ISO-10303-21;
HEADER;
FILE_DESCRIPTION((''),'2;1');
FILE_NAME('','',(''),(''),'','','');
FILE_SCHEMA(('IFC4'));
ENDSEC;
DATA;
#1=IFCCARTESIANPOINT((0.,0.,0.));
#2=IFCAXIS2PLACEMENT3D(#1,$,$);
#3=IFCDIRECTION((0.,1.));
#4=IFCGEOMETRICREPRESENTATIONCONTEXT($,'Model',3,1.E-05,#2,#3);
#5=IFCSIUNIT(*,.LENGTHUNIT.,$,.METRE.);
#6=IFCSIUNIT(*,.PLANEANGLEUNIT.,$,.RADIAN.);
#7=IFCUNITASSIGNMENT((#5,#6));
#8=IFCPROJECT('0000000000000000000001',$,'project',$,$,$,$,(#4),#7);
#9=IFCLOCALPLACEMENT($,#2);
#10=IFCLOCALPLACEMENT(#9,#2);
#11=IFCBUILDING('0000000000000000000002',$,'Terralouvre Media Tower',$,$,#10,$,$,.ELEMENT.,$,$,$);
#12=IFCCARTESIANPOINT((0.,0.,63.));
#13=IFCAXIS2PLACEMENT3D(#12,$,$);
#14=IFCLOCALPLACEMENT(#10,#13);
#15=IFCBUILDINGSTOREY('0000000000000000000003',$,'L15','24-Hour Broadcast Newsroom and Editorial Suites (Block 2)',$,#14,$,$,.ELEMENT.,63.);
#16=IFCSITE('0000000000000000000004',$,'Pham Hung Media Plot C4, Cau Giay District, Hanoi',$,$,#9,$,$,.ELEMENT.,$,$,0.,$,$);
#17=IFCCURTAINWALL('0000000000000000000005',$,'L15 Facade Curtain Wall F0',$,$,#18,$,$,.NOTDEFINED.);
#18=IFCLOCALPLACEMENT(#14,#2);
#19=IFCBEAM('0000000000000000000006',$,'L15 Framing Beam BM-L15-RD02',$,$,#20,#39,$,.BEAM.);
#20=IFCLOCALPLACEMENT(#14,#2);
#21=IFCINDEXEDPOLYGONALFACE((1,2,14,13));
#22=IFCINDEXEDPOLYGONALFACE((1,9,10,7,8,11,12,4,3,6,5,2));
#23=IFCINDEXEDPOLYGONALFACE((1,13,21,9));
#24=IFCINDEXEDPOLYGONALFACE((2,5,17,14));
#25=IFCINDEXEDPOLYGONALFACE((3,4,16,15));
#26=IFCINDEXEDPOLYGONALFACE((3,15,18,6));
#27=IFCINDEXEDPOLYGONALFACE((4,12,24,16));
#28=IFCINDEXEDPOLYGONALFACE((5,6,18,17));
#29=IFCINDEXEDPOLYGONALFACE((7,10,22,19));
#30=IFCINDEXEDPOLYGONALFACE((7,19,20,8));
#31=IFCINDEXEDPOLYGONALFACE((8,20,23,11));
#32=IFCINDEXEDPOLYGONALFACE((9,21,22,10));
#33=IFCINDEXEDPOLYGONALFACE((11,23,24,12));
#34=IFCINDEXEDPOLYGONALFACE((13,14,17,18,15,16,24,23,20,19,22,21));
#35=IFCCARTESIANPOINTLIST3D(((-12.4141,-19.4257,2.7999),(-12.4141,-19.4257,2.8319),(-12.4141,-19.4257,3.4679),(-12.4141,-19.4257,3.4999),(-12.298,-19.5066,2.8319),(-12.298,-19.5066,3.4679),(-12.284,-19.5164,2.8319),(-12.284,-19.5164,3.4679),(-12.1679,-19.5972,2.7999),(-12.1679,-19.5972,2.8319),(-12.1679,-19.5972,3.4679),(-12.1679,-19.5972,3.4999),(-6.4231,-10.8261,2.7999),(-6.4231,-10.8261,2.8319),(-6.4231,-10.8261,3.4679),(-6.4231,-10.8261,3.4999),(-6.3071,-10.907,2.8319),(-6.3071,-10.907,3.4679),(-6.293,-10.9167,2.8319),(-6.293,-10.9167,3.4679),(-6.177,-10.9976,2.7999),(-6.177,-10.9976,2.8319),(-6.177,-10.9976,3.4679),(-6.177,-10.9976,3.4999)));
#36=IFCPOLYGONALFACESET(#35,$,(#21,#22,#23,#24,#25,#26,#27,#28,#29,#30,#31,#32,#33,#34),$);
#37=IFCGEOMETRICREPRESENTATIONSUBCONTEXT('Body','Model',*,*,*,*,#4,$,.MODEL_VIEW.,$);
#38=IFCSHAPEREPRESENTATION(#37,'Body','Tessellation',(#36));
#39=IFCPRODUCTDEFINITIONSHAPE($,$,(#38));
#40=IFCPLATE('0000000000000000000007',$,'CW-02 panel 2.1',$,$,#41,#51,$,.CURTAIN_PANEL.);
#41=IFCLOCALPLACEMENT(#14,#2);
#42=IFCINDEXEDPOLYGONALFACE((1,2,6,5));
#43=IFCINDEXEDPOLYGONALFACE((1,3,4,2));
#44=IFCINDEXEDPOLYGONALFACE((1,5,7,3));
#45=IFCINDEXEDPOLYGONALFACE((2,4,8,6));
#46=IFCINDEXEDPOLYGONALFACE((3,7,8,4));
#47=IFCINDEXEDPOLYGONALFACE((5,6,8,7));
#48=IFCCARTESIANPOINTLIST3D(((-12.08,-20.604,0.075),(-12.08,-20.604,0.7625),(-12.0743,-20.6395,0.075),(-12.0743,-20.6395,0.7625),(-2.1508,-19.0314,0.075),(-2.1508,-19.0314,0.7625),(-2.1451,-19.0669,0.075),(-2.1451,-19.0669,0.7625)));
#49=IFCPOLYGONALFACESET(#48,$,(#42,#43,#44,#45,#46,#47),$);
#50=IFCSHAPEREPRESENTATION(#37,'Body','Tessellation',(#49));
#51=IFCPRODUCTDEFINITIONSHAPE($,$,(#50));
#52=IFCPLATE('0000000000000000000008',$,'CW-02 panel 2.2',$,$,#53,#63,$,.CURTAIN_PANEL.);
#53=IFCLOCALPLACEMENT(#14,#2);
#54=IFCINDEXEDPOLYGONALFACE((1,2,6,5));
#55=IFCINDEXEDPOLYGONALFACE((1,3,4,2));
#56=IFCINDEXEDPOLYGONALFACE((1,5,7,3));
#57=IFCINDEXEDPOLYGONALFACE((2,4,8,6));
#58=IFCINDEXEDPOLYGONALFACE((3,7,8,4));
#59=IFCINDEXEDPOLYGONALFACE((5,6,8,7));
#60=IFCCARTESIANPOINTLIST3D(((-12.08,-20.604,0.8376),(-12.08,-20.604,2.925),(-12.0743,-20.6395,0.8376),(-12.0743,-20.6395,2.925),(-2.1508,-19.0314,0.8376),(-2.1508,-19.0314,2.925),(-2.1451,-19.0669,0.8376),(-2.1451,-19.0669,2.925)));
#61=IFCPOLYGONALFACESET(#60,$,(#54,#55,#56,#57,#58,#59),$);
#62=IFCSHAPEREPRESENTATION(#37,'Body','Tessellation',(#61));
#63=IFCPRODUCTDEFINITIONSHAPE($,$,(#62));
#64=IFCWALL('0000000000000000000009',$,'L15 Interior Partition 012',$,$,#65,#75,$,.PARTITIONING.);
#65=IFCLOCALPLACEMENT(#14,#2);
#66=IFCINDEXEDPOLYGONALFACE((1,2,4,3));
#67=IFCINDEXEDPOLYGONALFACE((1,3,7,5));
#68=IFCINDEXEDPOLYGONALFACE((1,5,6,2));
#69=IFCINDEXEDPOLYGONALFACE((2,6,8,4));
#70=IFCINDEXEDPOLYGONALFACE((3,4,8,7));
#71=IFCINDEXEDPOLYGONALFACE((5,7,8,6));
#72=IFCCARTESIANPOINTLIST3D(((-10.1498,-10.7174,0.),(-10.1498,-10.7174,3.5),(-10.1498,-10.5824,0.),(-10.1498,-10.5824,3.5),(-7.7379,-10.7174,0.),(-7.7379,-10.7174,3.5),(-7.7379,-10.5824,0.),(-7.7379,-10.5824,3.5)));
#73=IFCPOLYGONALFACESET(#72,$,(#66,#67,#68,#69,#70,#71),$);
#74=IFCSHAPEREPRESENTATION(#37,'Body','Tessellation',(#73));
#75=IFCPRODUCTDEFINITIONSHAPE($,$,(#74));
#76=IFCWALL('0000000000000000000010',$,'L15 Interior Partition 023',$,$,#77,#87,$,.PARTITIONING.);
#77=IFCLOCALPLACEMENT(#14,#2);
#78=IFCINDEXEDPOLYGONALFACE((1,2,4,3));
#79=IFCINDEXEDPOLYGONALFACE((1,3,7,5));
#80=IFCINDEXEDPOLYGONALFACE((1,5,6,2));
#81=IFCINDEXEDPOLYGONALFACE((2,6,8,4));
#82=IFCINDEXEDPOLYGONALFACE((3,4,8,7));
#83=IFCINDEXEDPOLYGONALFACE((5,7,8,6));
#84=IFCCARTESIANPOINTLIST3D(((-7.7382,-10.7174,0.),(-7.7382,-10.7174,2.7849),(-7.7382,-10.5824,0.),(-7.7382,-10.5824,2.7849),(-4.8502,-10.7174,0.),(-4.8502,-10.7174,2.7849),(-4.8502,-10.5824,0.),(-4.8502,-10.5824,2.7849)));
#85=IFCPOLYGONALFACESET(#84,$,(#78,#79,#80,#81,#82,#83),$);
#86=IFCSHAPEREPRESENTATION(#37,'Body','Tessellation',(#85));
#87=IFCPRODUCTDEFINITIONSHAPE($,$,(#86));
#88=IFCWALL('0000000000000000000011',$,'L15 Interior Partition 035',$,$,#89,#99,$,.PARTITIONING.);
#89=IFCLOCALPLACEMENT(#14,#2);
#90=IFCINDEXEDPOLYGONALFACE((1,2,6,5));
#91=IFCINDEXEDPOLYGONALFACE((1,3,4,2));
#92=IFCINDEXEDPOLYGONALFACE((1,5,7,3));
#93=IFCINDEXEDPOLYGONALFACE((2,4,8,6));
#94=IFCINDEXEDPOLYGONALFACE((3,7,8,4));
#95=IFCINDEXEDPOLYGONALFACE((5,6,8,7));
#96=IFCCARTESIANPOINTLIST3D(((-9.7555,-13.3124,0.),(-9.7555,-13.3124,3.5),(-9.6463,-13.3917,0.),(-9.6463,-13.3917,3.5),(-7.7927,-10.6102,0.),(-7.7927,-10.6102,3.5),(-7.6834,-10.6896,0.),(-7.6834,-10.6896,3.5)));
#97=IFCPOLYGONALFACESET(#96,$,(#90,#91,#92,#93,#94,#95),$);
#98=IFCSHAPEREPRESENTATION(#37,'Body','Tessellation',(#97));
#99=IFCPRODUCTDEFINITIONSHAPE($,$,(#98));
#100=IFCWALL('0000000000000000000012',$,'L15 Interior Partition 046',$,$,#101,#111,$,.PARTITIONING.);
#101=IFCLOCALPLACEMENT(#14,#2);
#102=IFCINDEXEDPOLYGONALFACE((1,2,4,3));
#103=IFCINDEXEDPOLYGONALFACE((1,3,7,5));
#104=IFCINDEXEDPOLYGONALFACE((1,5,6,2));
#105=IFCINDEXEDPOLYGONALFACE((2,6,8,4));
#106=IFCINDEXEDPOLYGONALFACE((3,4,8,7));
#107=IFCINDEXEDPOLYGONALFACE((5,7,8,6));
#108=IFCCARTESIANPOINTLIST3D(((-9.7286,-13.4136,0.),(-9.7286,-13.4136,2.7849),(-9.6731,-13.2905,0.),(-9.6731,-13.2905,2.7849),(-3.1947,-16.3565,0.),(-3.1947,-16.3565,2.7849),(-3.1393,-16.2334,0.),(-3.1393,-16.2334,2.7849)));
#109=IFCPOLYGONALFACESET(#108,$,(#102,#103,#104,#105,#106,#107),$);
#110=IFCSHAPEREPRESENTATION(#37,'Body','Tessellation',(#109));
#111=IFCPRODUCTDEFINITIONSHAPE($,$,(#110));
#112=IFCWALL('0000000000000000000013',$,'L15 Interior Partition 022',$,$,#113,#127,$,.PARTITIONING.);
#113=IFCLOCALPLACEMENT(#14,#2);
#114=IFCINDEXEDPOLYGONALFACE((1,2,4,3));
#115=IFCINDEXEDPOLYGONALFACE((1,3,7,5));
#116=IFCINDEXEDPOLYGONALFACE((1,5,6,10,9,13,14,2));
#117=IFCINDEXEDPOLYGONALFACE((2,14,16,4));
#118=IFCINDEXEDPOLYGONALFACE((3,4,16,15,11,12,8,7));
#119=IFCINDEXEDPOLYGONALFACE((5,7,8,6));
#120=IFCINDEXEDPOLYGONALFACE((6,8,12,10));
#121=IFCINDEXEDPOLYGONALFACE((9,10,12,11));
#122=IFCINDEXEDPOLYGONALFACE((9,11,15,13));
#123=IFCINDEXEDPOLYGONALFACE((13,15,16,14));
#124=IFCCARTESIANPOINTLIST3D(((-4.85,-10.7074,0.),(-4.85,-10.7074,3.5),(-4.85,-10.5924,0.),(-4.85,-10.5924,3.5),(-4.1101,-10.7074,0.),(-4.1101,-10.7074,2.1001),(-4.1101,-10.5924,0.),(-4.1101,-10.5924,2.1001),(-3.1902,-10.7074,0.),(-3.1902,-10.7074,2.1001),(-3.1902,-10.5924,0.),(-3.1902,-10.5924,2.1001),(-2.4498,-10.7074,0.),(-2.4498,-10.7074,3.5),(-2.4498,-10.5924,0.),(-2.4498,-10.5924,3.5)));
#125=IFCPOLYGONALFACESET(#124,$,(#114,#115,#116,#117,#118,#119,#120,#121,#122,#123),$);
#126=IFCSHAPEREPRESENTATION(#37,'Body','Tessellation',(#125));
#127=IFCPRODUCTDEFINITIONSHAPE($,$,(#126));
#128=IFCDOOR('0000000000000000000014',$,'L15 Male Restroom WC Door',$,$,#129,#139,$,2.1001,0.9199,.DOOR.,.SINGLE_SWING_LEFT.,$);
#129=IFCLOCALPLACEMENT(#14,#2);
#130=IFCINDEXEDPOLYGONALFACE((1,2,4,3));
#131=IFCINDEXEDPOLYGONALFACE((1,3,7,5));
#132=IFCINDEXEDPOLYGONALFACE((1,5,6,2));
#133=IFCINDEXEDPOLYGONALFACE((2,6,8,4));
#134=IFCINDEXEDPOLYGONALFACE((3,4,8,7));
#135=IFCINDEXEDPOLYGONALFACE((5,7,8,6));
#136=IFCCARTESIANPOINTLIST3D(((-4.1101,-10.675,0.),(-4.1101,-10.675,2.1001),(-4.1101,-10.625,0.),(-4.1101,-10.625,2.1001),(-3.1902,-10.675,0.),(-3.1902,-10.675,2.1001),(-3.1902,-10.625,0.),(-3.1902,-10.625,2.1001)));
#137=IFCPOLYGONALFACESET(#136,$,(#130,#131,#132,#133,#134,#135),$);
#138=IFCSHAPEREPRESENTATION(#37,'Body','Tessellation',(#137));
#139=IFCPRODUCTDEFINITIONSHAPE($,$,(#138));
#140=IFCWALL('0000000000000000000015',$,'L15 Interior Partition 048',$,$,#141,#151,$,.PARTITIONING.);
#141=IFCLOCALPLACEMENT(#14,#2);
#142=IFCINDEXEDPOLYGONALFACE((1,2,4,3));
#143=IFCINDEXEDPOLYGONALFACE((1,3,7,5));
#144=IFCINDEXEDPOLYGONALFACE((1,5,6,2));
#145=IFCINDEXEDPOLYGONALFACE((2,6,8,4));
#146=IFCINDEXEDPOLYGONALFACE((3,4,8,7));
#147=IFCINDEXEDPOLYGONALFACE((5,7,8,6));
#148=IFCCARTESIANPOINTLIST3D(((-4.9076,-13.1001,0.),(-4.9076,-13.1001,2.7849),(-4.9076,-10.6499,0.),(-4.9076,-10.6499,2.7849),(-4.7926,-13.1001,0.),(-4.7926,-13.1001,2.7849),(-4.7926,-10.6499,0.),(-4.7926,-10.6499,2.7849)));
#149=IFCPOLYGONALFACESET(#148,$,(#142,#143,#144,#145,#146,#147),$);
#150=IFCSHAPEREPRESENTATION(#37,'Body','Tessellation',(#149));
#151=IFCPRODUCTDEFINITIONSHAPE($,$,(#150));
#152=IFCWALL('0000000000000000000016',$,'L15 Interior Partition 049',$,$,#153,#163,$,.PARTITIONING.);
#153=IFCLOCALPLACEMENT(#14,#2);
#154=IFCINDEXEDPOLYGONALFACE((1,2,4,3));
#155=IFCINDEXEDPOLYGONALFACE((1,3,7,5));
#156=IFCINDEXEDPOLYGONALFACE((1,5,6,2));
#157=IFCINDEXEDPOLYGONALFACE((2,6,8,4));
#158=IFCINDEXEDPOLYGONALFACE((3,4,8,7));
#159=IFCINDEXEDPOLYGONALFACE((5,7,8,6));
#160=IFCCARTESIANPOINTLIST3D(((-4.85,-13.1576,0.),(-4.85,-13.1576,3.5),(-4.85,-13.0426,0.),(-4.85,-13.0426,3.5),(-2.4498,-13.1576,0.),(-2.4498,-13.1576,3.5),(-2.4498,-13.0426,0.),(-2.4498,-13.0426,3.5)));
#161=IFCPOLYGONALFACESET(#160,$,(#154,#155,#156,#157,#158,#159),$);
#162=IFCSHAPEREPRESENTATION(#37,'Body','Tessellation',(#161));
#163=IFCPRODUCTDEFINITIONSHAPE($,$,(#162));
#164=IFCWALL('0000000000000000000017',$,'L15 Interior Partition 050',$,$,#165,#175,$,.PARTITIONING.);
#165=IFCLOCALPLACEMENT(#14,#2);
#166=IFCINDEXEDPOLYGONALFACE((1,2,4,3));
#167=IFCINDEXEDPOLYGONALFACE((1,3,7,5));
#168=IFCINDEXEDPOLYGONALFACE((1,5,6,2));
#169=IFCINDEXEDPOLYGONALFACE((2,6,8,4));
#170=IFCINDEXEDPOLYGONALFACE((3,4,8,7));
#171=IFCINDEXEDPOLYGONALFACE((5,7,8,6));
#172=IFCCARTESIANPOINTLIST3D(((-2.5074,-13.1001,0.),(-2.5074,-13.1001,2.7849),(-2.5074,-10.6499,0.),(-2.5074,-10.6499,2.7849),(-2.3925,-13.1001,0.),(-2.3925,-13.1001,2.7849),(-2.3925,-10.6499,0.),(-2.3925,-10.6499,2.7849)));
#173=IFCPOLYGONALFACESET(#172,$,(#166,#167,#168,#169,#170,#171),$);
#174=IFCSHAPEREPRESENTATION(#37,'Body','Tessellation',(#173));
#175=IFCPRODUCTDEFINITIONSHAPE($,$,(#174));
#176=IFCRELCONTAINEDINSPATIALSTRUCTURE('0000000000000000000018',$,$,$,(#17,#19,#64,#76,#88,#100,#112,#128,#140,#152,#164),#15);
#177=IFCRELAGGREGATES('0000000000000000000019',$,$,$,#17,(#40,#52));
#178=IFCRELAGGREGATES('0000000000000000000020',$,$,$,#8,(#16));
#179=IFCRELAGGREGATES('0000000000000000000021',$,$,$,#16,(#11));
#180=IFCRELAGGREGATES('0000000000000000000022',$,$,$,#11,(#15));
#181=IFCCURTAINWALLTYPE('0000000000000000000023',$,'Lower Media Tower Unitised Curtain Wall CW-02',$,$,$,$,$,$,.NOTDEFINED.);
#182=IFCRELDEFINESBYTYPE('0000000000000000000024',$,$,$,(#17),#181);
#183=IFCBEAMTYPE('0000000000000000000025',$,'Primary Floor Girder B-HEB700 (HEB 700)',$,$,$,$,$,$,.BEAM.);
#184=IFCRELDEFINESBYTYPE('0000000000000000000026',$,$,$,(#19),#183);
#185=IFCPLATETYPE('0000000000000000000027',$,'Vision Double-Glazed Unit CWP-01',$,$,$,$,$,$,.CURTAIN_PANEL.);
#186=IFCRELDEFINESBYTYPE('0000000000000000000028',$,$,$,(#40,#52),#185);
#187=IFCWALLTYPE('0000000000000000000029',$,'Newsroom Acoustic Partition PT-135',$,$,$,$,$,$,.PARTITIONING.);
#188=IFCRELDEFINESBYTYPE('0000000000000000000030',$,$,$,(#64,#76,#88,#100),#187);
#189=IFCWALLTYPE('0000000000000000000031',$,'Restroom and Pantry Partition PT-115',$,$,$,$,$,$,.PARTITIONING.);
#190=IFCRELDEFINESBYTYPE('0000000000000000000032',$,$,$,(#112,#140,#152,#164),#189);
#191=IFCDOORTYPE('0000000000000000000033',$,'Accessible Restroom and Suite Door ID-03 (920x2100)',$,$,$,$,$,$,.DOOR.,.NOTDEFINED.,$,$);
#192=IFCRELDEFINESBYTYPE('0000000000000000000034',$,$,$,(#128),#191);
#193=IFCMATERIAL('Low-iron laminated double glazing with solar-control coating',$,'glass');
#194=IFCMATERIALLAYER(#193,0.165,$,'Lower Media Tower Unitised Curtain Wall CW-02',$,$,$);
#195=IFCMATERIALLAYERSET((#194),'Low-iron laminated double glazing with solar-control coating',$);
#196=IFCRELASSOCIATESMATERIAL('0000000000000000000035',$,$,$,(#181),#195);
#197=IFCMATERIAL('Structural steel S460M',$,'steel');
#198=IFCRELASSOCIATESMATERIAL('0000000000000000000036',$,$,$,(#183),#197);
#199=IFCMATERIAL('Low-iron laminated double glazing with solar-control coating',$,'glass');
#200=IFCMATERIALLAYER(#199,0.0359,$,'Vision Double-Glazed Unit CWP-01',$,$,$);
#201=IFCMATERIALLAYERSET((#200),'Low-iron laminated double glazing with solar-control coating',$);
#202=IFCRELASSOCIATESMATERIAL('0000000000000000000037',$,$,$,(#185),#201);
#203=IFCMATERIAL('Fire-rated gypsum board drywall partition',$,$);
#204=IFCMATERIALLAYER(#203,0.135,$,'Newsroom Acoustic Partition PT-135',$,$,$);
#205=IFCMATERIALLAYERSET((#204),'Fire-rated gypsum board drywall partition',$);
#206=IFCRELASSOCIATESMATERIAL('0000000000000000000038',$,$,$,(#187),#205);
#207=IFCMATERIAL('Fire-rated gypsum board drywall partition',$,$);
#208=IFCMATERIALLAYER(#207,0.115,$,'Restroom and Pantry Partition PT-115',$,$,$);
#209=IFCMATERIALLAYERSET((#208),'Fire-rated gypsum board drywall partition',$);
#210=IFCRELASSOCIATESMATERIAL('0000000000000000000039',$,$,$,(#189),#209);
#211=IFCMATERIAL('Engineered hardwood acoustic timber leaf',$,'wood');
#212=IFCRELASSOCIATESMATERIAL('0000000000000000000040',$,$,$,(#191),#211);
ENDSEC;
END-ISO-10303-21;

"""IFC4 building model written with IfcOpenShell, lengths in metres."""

from ifc_helpers import new_model, si_unit, direction, frame, frame_2d, origin, origin_2d, place, context, subcontext, project, spatial, rectangle, i_section, extrude, material, layer, layer_set, material_profile, profile_set, type_object, element, fill, aggregate, save


model = new_model("IFC4")

# Units and contexts
model_context = context("Model", 3, precision=1e-05, world=origin(), true_north=direction((0.0, 1.0)))
body_context = subcontext(model_context, "Body", "Model", "MODEL_VIEW")
ifc_project = project(units=[si_unit("LENGTHUNIT", "METRE"), si_unit("PLANEANGLEUNIT", "RADIAN")], contexts=[model_context])

# Site, building, storey
site_placement = place(None, origin())
site = spatial("IfcSite", under=ifc_project, at=site_placement, Name="Pham Hung Media Plot C4, Cau Giay District, Hanoi", CompositionType="ELEMENT", RefElevation=0.0)
building_placement = place(site_placement, origin())
building = spatial("IfcBuilding", under=site, at=building_placement, Name="Terralouvre Media Tower", CompositionType="ELEMENT")
storey_placement = place(building_placement, frame((0.0, 0.0, 63.0)))
storey = spatial("IfcBuildingStorey", under=building, at=storey_placement, Name="L15", Description="24-Hour Broadcast Newsroom and Editorial Suites (Block 2)", CompositionType="ELEMENT", Elevation=63.0)

# Curtain wall
ifc_material_1 = material(Name="Low-iron laminated double glazing with solar-control coating", Category="glass")
ifc_layer_1 = layer(ifc_material_1, 0.165, Name="Lower Media Tower Unitised Curtain Wall CW-02")
ifc_layer_set_1 = layer_set([ifc_layer_1], Name="Low-iron laminated double glazing with solar-control coating")
curtain_wall_type = type_object("IfcCurtainWallType", Name="Lower Media Tower Unitised Curtain Wall CW-02", PredefinedType="NOTDEFINED", material=ifc_layer_set_1)
curtain_wall_placement = place(storey_placement, origin())
curtain_wall = element("IfcCurtainWall", 1, at=curtain_wall_placement, inside=storey, type_object=curtain_wall_type, Name="L15 Facade Curtain Wall F0", PredefinedType="NOTDEFINED")

# Beam
ifc_material_2 = material(Name="Structural steel S460M", Category="steel")
ifc_material_profile_1 = material_profile(ifc_material_2, i_section(OverallWidth=0.3, OverallDepth=0.7, WebThickness=0.0171, FlangeThickness=0.032, at=origin_2d()), Name="HEB 700")
ifc_profile_set_1 = profile_set([ifc_material_profile_1], Name="Structural steel S460M")
beam_type_1 = type_object("IfcBeamType", Name="Primary Floor Girder B-HEB700 (HEB 700)", PredefinedType="BEAM", material=ifc_profile_set_1)
beam_1_placement = place(storey_placement, frame((-6.3, -10.9119, 3.1499), z_axis=(-0.571619, -0.820519, 0.0), x_axis=(0.820519, -0.571619, 0.0)))
element("IfcBeam", 2, at=beam_1_placement, inside=storey, type_object=beam_type_1, Name="L15 Framing Beam BM-L15-RD02", PredefinedType="BEAM", context=body_context, shape_type="SweptSolid", body=[
    extrude(i_section(OverallWidth=0.3, OverallDepth=0.7, WebThickness=0.0171, FlangeThickness=0.032, at=origin_2d()), origin(), (0.0, 0.0, 1.0), 10.4807),
])

# Plates
ifc_material_3 = material(Name="Low-iron laminated double glazing with solar-control coating", Category="glass")
ifc_layer_2 = layer(ifc_material_3, 0.0359, Name="Vision Double-Glazed Unit CWP-01")
ifc_layer_set_2 = layer_set([ifc_layer_2], Name="Low-iron laminated double glazing with solar-control coating")
plate_type = type_object("IfcPlateType", Name="Vision Double-Glazed Unit CWP-01", PredefinedType="CURTAIN_PANEL", material=ifc_layer_set_2)
plate_1_placement = place(storey_placement, frame((-7.1125, -19.8354, 0.075), z_axis=(0.0, 0.0, 1.0), x_axis=(0.987688, 0.156434, 0.0)))
plate_1 = element("IfcPlate", 3, at=plate_1_placement, type_object=plate_type, Name="CW-02 panel 2.1", PredefinedType="CURTAIN_PANEL", context=body_context, shape_type="SweptSolid", body=[
    extrude(rectangle(XDim=10.053, YDim=0.0359, at=origin_2d()), origin(), (0.0, 0.0, 1.0), 0.6875),
])
plate_2_placement = place(storey_placement, frame((-7.1125, -19.8354, 0.8376), z_axis=(0.0, 0.0, 1.0), x_axis=(0.987688, 0.156434, 0.0)))
plate_2 = element("IfcPlate", 4, at=plate_2_placement, type_object=plate_type, Name="CW-02 panel 2.2", PredefinedType="CURTAIN_PANEL", context=body_context, shape_type="SweptSolid", body=[
    extrude(rectangle(XDim=10.053, YDim=0.0359, at=origin_2d()), origin(), (0.0, 0.0, 1.0), 2.0874),
])
aggregate(curtain_wall, [plate_1, plate_2])

# Walls
ifc_material_4 = material(Name="Fire-rated gypsum board drywall partition")
ifc_layer_3 = layer(ifc_material_4, 0.135, Name="Newsroom Acoustic Partition PT-135")
ifc_layer_set_3 = layer_set([ifc_layer_3], Name="Fire-rated gypsum board drywall partition")
wall_type_1 = type_object("IfcWallType", Name="Newsroom Acoustic Partition PT-135", PredefinedType="PARTITIONING", material=ifc_layer_set_3)
wall_1_placement = place(storey_placement, frame((-10.1499, -10.6499, 0.0), z_axis=(0.0, 0.0, 1.0), x_axis=(1.0, 0.0, 0.0)))
element("IfcWall", 5, at=wall_1_placement, inside=storey, type_object=wall_type_1, Name="L15 Interior Partition 012", PredefinedType="PARTITIONING", context=body_context, shape_type="SweptSolid", body=[
    extrude(rectangle(XDim=2.4119, YDim=0.135, at=frame_2d((1.2061, 0.0))), origin(), (0.0, 0.0, 1.0), 3.5),
])
wall_2_placement = place(storey_placement, frame((-7.738, -10.6499, 0.0), z_axis=(0.0, 0.0, 1.0), x_axis=(1.0, 0.0, 0.0)))
element("IfcWall", 6, at=wall_2_placement, inside=storey, type_object=wall_type_1, Name="L15 Interior Partition 023", PredefinedType="PARTITIONING", context=body_context, shape_type="SweptSolid", body=[
    extrude(rectangle(XDim=2.8879, YDim=0.135, at=frame_2d((1.4438, 0.0))), origin(), (0.0, 0.0, 1.0), 2.7849),
])
wall_3_placement = place(storey_placement, frame((-9.7009, -13.3521, 0.0), z_axis=(0.0, 0.0, 1.0), x_axis=(0.58772, 0.809065, 0.0)))
element("IfcWall", 7, at=wall_3_placement, inside=storey, type_object=wall_type_1, Name="L15 Interior Partition 035", PredefinedType="PARTITIONING", context=body_context, shape_type="SweptSolid", body=[
    extrude(rectangle(XDim=3.3398, YDim=0.135, at=frame_2d((1.6699, 0.0))), origin(), (0.0, 0.0, 1.0), 3.5),
])
wall_4_placement = place(storey_placement, frame((-3.167, -16.2949, 0.0), z_axis=(0.0, 0.0, 1.0), x_axis=(-0.911786, 0.410666, 0.0)))
element("IfcWall", 8, at=wall_4_placement, inside=storey, type_object=wall_type_1, Name="L15 Interior Partition 046", PredefinedType="PARTITIONING", context=body_context, shape_type="SweptSolid", body=[
    extrude(rectangle(XDim=7.166, YDim=0.135, at=frame_2d((3.583, 0.0))), origin(), (0.0, 0.0, 1.0), 2.7849),
])

# Wall, opening, door
ifc_material_5 = material(Name="Fire-rated gypsum board drywall partition")
ifc_layer_4 = layer(ifc_material_5, 0.115, Name="Restroom and Pantry Partition PT-115")
ifc_layer_set_4 = layer_set([ifc_layer_4], Name="Fire-rated gypsum board drywall partition")
wall_type_2 = type_object("IfcWallType", Name="Restroom and Pantry Partition PT-115", PredefinedType="PARTITIONING", material=ifc_layer_set_4)
wall_5_placement = place(storey_placement, frame((-4.8501, -10.6499, 0.0), z_axis=(0.0, 0.0, 1.0), x_axis=(1.0, 0.0, 0.0)))
wall_5 = element("IfcWall", 9, at=wall_5_placement, inside=storey, type_object=wall_type_2, Name="L15 Interior Partition 022", PredefinedType="PARTITIONING", context=body_context, shape_type="SweptSolid", body=[
    extrude(rectangle(XDim=2.4001, YDim=0.115, at=frame_2d((1.2002, 0.0))), origin(), (0.0, 0.0, 1.0), 3.5),
])
opening_placement = place(wall_5_placement, frame((0.74, 0.0, 0.0)))
opening = element("IfcOpeningElement", 10, at=opening_placement, cuts=wall_5, PredefinedType="OPENING", context=body_context, shape_type="SweptSolid", body=[
    extrude(rectangle(XDim=0.9199, YDim=2.1001, at=frame_2d((0.46, 1.05))), frame((0.0, 0.0674, 0.0), z_axis=(0.0, -1.0, 0.0), x_axis=(1.0, 0.0, 0.0)), (0.0, 0.0, 1.0), 0.135),
])
ifc_material_6 = material(Name="Engineered hardwood acoustic timber leaf", Category="wood")
door_type = type_object("IfcDoorType", Name="Accessible Restroom and Suite Door ID-03 (920x2100)", OperationType="NOTDEFINED", PredefinedType="DOOR", material=ifc_material_6)
door_placement = place(opening_placement, origin())
door = element("IfcDoor", 11, at=door_placement, inside=storey, type_object=door_type, Name="L15 Male Restroom WC Door", OperationType="SINGLE_SWING_LEFT", OverallHeight=2.1001, OverallWidth=0.9199, PredefinedType="DOOR", context=body_context, shape_type="SweptSolid", body=[
    extrude(rectangle(XDim=0.9199, YDim=2.1001, at=frame_2d((0.46, 1.05))), frame((0.0, 0.0249, 0.0), z_axis=(0.0, -1.0, 0.0), x_axis=(1.0, 0.0, 0.0)), (0.0, 0.0, 1.0), 0.05),
])
fill(opening, door)

# Walls
wall_6_placement = place(storey_placement, frame((-4.8501, -10.6499, 0.0), z_axis=(0.0, 0.0, 1.0), x_axis=(0.0, -1.0, 0.0)))
element("IfcWall", 12, at=wall_6_placement, inside=storey, type_object=wall_type_2, Name="L15 Interior Partition 048", PredefinedType="PARTITIONING", context=body_context, shape_type="SweptSolid", body=[
    extrude(rectangle(XDim=2.4502, YDim=0.115, at=frame_2d((1.2251, 0.0))), origin(), (0.0, 0.0, 1.0), 2.7849),
])
wall_7_placement = place(storey_placement, frame((-4.8501, -13.1001, 0.0), z_axis=(0.0, 0.0, 1.0), x_axis=(1.0, 0.0, 0.0)))
element("IfcWall", 13, at=wall_7_placement, inside=storey, type_object=wall_type_2, Name="L15 Interior Partition 049", PredefinedType="PARTITIONING", context=body_context, shape_type="SweptSolid", body=[
    extrude(rectangle(XDim=2.4001, YDim=0.115, at=frame_2d((1.2002, 0.0))), origin(), (0.0, 0.0, 1.0), 3.5),
])
wall_8_placement = place(storey_placement, frame((-2.45, -13.1001, 0.0), z_axis=(0.0, 0.0, 1.0), x_axis=(0.0, 1.0, 0.0)))
element("IfcWall", 14, at=wall_8_placement, inside=storey, type_object=wall_type_2, Name="L15 Interior Partition 050", PredefinedType="PARTITIONING", context=body_context, shape_type="SweptSolid", body=[
    extrude(rectangle(XDim=2.4502, YDim=0.115, at=frame_2d((1.2251, 0.0))), origin(), (0.0, 0.0, 1.0), 2.7849),
])

save(model, "model.ifc")
